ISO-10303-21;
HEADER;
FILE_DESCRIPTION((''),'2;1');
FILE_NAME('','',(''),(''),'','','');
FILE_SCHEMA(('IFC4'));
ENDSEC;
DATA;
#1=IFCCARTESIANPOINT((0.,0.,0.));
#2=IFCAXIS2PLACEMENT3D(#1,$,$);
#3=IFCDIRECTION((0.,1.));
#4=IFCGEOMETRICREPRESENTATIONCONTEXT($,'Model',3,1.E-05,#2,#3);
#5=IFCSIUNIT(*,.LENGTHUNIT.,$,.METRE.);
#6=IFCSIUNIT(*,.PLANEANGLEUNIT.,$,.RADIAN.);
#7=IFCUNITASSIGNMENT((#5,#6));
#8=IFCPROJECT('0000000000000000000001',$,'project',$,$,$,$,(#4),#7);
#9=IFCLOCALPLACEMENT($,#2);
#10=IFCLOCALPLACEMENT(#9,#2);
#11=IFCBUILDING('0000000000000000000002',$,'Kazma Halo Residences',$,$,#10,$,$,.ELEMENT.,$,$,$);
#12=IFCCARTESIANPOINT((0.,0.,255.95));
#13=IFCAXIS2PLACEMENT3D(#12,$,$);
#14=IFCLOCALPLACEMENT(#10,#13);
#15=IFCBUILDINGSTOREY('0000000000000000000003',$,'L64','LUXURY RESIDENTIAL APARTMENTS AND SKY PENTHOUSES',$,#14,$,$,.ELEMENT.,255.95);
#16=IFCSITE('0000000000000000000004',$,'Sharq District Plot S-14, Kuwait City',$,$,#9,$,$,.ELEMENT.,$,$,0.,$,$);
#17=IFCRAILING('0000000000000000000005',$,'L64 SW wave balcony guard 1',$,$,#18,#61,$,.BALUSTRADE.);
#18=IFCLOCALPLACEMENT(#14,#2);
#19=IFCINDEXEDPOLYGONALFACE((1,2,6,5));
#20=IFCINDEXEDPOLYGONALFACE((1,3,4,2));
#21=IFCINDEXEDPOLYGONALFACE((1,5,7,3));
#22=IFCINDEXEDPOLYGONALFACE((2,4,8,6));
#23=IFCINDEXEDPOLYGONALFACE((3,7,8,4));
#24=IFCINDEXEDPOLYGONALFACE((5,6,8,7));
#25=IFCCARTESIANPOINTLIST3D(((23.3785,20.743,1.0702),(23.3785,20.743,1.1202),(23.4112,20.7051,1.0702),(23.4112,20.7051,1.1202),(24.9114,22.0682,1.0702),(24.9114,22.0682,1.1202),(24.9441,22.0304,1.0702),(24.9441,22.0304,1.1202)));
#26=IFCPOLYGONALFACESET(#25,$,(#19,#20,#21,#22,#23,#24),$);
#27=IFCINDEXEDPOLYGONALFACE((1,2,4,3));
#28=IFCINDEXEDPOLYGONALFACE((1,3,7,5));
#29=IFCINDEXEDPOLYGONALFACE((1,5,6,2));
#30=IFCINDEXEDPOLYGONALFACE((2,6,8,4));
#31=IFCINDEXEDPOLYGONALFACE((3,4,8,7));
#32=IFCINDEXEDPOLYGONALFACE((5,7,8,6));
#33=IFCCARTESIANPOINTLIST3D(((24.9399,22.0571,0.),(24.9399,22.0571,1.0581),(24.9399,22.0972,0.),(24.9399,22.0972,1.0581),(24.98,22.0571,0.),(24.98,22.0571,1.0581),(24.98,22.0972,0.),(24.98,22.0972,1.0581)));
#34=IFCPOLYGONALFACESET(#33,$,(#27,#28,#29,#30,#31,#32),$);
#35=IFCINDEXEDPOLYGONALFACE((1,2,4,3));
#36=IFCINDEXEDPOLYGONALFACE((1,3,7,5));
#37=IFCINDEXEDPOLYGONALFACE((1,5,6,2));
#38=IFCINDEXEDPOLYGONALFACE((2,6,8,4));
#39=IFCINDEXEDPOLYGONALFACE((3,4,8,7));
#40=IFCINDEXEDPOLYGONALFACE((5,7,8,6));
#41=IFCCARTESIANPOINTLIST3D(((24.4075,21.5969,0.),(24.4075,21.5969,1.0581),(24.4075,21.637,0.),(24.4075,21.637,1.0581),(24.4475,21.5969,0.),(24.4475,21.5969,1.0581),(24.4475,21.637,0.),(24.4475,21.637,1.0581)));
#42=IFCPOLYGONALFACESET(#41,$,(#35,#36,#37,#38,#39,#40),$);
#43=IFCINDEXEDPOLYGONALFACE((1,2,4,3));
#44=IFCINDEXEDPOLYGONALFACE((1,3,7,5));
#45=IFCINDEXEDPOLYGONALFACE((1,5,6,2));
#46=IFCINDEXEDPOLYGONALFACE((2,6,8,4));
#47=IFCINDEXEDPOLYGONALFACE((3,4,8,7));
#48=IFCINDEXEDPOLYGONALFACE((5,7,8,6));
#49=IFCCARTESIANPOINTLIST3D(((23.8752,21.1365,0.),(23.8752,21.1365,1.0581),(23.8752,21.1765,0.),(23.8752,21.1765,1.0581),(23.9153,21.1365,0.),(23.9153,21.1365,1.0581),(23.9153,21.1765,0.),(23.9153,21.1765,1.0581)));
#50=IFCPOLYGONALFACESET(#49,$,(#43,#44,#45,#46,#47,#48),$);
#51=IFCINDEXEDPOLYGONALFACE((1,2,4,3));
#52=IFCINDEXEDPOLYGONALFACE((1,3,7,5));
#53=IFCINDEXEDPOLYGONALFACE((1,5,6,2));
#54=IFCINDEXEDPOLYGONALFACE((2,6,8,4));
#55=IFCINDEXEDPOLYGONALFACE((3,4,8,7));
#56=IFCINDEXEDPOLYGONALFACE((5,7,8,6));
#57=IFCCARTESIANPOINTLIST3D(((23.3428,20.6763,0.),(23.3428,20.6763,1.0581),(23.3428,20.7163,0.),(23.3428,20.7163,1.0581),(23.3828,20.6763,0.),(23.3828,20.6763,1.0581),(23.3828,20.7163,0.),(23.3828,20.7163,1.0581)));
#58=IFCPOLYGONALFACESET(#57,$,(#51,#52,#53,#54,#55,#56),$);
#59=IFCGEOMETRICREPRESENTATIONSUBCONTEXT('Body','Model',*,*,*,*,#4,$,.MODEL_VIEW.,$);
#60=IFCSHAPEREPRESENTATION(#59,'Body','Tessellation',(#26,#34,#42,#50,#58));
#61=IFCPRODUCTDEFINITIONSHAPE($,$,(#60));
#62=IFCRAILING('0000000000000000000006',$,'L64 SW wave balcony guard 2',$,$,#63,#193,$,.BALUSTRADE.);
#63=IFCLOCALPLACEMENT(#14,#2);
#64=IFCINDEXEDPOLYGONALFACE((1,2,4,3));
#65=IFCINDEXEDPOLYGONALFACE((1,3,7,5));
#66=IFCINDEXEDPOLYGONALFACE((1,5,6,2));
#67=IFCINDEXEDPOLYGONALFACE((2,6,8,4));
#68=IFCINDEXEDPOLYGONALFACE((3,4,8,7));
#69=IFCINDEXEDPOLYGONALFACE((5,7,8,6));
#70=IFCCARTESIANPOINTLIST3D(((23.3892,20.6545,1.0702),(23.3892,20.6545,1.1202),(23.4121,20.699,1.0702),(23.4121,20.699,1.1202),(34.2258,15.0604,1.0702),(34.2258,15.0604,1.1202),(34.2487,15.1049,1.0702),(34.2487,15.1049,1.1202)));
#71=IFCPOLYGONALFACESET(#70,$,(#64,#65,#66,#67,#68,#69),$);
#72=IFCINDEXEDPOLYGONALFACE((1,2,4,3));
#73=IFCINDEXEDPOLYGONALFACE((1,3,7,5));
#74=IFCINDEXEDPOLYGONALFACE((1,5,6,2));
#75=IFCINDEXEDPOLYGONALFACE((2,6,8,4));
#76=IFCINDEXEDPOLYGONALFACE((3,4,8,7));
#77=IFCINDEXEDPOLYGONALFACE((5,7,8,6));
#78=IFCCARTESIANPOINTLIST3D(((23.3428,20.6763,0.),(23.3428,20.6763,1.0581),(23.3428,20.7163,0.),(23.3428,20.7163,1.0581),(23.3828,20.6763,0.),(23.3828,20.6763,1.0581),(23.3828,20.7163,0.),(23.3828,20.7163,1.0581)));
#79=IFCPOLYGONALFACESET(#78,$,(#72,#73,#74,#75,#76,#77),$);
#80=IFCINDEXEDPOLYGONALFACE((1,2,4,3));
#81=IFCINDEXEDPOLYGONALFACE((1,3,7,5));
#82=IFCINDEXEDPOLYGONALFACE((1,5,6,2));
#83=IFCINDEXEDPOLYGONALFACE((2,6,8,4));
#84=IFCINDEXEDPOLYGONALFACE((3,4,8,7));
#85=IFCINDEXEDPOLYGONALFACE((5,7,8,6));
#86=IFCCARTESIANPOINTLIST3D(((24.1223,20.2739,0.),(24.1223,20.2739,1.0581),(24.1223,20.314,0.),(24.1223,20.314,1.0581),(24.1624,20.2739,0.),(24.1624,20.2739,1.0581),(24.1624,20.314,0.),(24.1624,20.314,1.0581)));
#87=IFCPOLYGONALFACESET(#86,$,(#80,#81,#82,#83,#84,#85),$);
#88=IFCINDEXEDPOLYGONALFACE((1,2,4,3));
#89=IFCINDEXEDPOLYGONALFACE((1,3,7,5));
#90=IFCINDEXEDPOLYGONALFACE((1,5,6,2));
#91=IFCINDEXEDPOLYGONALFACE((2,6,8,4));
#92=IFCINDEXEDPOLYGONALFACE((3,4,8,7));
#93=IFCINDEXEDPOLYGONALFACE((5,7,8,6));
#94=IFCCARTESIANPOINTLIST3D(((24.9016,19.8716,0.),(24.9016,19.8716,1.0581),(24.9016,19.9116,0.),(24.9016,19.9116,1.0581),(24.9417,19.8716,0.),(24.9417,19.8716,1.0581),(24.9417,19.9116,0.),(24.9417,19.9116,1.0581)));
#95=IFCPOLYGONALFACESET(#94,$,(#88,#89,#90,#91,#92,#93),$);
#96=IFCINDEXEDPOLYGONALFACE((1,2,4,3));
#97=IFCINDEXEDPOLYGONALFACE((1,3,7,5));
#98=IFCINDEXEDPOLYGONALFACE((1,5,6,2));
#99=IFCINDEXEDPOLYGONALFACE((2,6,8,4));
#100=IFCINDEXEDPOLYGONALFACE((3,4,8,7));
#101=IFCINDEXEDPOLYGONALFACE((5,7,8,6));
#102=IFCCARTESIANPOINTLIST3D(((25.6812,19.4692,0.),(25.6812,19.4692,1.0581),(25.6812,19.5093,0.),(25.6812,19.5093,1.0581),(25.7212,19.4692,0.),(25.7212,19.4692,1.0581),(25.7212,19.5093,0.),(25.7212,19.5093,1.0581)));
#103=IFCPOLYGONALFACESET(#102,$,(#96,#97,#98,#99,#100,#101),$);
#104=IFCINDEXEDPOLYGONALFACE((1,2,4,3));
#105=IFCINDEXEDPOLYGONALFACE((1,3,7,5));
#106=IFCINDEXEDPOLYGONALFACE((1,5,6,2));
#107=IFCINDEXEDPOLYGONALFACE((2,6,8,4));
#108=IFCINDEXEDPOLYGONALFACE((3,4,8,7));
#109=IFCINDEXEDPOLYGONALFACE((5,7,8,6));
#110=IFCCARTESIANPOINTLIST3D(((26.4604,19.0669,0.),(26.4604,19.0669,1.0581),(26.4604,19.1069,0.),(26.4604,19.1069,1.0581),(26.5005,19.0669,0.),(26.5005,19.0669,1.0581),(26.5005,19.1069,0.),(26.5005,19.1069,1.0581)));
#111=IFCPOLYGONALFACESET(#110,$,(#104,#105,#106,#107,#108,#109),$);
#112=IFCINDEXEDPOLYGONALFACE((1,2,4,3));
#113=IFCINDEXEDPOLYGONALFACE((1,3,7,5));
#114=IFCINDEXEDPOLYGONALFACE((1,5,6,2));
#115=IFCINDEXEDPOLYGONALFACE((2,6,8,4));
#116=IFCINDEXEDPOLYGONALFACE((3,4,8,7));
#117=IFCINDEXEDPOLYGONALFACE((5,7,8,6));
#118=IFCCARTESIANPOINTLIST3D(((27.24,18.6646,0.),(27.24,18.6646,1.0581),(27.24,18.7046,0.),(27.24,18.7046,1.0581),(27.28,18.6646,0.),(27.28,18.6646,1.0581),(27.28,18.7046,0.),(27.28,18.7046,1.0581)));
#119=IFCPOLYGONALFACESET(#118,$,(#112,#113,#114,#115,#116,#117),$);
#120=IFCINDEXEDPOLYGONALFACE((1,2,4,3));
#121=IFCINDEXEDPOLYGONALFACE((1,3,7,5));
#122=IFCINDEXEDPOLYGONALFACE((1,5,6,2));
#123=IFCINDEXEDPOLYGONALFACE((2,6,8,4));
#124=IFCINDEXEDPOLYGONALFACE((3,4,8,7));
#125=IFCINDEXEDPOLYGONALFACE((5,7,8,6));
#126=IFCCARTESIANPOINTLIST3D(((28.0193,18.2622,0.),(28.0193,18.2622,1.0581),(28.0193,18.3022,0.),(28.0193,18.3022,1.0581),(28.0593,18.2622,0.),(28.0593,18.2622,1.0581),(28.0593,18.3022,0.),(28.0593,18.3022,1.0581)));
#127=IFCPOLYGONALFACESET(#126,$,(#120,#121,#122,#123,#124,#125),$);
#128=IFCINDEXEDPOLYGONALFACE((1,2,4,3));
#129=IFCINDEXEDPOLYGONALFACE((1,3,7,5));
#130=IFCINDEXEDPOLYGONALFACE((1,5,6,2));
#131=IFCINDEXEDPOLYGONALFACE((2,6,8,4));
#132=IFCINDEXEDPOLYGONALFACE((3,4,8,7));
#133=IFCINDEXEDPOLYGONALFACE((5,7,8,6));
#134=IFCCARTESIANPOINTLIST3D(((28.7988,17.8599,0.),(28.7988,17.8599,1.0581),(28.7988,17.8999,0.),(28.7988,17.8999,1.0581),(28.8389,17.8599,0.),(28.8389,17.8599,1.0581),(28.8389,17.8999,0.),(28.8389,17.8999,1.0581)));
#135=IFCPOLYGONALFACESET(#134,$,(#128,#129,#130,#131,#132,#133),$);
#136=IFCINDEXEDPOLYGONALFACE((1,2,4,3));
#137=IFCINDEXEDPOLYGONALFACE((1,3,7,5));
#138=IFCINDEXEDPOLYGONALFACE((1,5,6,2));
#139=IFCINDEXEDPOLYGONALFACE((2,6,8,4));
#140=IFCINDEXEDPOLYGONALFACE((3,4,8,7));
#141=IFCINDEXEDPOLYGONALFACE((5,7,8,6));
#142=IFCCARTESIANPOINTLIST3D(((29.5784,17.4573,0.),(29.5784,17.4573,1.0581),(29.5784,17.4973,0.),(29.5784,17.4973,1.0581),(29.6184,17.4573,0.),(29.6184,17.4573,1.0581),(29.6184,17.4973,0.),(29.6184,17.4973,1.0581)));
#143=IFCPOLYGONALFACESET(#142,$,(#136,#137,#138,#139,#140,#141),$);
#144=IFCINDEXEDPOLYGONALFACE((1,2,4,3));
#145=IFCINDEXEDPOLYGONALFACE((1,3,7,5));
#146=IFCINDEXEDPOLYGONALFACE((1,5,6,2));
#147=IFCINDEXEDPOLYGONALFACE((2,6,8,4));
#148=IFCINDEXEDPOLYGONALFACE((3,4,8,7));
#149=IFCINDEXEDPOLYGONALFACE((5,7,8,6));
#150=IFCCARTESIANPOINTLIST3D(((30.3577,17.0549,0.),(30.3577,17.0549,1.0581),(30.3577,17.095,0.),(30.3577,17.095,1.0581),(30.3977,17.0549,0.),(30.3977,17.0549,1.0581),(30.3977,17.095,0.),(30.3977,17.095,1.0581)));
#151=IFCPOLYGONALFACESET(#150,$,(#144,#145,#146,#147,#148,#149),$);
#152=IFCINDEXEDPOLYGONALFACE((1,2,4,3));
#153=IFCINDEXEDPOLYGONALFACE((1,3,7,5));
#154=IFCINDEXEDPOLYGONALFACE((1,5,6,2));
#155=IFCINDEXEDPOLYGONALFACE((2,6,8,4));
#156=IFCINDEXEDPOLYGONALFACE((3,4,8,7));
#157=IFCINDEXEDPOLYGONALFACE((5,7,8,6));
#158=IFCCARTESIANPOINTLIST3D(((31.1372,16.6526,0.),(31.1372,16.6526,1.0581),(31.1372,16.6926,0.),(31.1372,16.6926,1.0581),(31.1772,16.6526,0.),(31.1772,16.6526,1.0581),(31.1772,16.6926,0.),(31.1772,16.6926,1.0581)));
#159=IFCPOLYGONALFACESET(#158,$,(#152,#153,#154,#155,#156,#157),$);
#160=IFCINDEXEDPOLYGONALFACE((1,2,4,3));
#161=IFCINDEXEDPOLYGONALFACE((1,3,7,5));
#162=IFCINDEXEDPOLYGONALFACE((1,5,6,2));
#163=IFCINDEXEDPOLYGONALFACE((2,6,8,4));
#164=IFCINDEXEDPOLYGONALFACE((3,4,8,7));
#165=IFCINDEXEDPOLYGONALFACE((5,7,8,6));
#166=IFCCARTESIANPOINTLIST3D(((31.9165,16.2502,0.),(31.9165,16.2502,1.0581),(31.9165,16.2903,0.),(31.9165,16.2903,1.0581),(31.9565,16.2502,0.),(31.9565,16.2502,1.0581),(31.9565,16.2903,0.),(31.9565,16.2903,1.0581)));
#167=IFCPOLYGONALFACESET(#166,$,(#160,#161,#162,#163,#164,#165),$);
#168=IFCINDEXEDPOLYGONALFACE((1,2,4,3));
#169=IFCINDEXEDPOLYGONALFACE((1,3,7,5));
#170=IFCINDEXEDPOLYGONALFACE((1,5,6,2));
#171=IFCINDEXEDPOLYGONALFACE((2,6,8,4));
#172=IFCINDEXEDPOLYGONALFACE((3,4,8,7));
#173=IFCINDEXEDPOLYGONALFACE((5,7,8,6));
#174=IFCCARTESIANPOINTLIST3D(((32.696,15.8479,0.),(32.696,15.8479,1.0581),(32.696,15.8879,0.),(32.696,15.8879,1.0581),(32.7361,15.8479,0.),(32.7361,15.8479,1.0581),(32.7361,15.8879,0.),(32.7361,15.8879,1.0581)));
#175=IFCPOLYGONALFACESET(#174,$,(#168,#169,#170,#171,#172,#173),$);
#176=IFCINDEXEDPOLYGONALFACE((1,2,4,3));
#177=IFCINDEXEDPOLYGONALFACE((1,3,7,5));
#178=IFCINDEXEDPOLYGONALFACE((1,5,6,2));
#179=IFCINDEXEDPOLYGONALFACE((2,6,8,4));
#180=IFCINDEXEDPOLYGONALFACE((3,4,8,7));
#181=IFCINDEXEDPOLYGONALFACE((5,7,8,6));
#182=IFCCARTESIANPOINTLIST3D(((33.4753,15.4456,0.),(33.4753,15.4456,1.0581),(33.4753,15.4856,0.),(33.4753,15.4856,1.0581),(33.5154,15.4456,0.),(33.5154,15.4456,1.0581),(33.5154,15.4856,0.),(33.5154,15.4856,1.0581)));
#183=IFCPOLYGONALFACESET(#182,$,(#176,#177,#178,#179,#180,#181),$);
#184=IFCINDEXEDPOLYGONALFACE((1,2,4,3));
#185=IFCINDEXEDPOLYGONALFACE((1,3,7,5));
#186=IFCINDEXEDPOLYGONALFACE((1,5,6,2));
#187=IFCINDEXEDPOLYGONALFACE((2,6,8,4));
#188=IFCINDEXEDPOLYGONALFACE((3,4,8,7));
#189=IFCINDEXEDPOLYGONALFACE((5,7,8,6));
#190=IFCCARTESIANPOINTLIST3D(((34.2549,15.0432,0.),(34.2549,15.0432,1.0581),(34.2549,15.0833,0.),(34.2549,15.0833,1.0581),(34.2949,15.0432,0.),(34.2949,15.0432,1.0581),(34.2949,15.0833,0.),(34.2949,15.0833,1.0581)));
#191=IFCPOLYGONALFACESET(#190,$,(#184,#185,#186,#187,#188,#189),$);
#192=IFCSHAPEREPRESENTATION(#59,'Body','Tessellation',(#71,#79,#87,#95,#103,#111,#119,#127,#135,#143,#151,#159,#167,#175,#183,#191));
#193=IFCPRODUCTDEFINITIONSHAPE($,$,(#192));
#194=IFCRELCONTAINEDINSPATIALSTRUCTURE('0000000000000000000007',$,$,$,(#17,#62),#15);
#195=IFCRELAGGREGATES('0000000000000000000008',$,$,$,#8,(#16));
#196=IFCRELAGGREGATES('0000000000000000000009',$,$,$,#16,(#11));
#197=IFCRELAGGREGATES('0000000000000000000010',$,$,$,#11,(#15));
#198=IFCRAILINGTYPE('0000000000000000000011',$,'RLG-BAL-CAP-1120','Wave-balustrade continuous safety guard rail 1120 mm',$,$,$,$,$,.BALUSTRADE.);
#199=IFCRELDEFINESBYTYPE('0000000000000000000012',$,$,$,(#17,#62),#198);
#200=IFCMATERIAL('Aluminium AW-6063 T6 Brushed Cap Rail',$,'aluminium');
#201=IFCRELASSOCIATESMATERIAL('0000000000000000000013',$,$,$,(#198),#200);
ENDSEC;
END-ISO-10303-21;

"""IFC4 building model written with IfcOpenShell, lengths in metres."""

from ifc_helpers import new_model, si_unit, direction, frame, origin, origin_2d, place, context, subcontext, project, spatial, rectangle, extrude, material, type_object, element, save


model = new_model("IFC4")

# Units and contexts
model_context = context("Model", 3, precision=1e-05, world=origin(), true_north=direction((0.0, 1.0)))
body_context = subcontext(model_context, "Body", "Model", "MODEL_VIEW")
ifc_project = project(units=[si_unit("LENGTHUNIT", "METRE"), si_unit("PLANEANGLEUNIT", "RADIAN")], contexts=[model_context])

# Site, building, storey
site_placement = place(None, origin())
site = spatial("IfcSite", under=ifc_project, at=site_placement, Name="Sharq District Plot S-14, Kuwait City", CompositionType="ELEMENT", RefElevation=0.0)
building_placement = place(site_placement, origin())
building = spatial("IfcBuilding", under=site, at=building_placement, Name="Kazma Halo Residences", CompositionType="ELEMENT")
storey_placement = place(building_placement, frame((0.0, 0.0, 255.95)))
storey = spatial("IfcBuildingStorey", under=building, at=storey_placement, Name="L64", Description="LUXURY RESIDENTIAL APARTMENTS AND SKY PENTHOUSES", CompositionType="ELEMENT", Elevation=255.95)

# Railings
ifc_material_1 = material(Name="Aluminium AW-6063 T6 Brushed Cap Rail", Category="aluminium")
railing_type = type_object("IfcRailingType", Name="RLG-BAL-CAP-1120", Description="Wave-balustrade continuous safety guard rail 1120 mm", PredefinedType="BALUSTRADE", material=ifc_material_1)
railing_1_placement = place(storey_placement, frame((24.96, 22.0771, 0.0)))
element("IfcRailing", 1, at=railing_1_placement, inside=storey, type_object=railing_type, Name="L64 SW wave balcony guard 1", PredefinedType="BALUSTRADE", context=body_context, shape_type="SweptSolid", body=[
    extrude(rectangle(XDim=0.05, YDim=0.05, at=origin_2d()), frame((-0.0322, -0.0278, 1.0952), z_axis=(-0.756474, -0.654023, 0.0), x_axis=(0.654023, -0.756474, 0.0)), (0.0, 0.0, 1.0), 2.0264),
    extrude(rectangle(XDim=0.04, YDim=0.04, at=origin_2d()), origin(), (0.0, 0.0, 1.0), 1.0581),
    extrude(rectangle(XDim=0.04, YDim=0.04, at=origin_2d()), frame((-0.5325, -0.4602, 0.0)), (0.0, 0.0, 1.0), 1.0581),
    extrude(rectangle(XDim=0.04, YDim=0.04, at=origin_2d()), frame((-1.0647, -0.9207, 0.0)), (0.0, 0.0, 1.0), 1.0581),
    extrude(rectangle(XDim=0.04, YDim=0.04, at=origin_2d()), frame((-1.5972, -1.3809, 0.0)), (0.0, 0.0, 1.0), 1.0581),
])
railing_2_placement = place(storey_placement, frame((23.3628, 20.6963, 0.0)))
element("IfcRailing", 2, at=railing_2_placement, inside=storey, type_object=railing_type, Name="L64 SW wave balcony guard 2", PredefinedType="BALUSTRADE", context=body_context, shape_type="SweptSolid", body=[
    extrude(rectangle(XDim=0.05, YDim=0.05, at=origin_2d()), frame((0.0378, -0.0195, 1.0952), z_axis=(0.888587, -0.458707, 0.0), x_axis=(0.458707, 0.888587, 0.0)), (0.0, 0.0, 1.0), 12.1953),
    extrude(rectangle(XDim=0.04, YDim=0.04, at=origin_2d()), origin(), (0.0, 0.0, 1.0), 1.0581),
    extrude(rectangle(XDim=0.04, YDim=0.04, at=origin_2d()), frame((0.7795, -0.4023, 0.0)), (0.0, 0.0, 1.0), 1.0581),
    extrude(rectangle(XDim=0.04, YDim=0.04, at=origin_2d()), frame((1.5588, -0.8047, 0.0)), (0.0, 0.0, 1.0), 1.0581),
    extrude(rectangle(XDim=0.04, YDim=0.04, at=origin_2d()), frame((2.3384, -1.207, 0.0)), (0.0, 0.0, 1.0), 1.0581),
    extrude(rectangle(XDim=0.04, YDim=0.04, at=origin_2d()), frame((3.1177, -1.6094, 0.0)), (0.0, 0.0, 1.0), 1.0581),
    extrude(rectangle(XDim=0.04, YDim=0.04, at=origin_2d()), frame((3.8972, -2.0117, 0.0)), (0.0, 0.0, 1.0), 1.0581),
    extrude(rectangle(XDim=0.04, YDim=0.04, at=origin_2d()), frame((4.6765, -2.4141, 0.0)), (0.0, 0.0, 1.0), 1.0581),
    extrude(rectangle(XDim=0.04, YDim=0.04, at=origin_2d()), frame((5.4561, -2.8164, 0.0)), (0.0, 0.0, 1.0), 1.0581),
    extrude(rectangle(XDim=0.04, YDim=0.04, at=origin_2d()), frame((6.2356, -3.219, 0.0)), (0.0, 0.0, 1.0), 1.0581),
    extrude(rectangle(XDim=0.04, YDim=0.04, at=origin_2d()), frame((7.0149, -3.6213, 0.0)), (0.0, 0.0, 1.0), 1.0581),
    extrude(rectangle(XDim=0.04, YDim=0.04, at=origin_2d()), frame((7.7944, -4.0237, 0.0)), (0.0, 0.0, 1.0), 1.0581),
    extrude(rectangle(XDim=0.04, YDim=0.04, at=origin_2d()), frame((8.5737, -4.426, 0.0)), (0.0, 0.0, 1.0), 1.0581),
    extrude(rectangle(XDim=0.04, YDim=0.04, at=origin_2d()), frame((9.3533, -4.8284, 0.0)), (0.0, 0.0, 1.0), 1.0581),
    extrude(rectangle(XDim=0.04, YDim=0.04, at=origin_2d()), frame((10.1326, -5.2307, 0.0)), (0.0, 0.0, 1.0), 1.0581),
    extrude(rectangle(XDim=0.04, YDim=0.04, at=origin_2d()), frame((10.9121, -5.6331, 0.0)), (0.0, 0.0, 1.0), 1.0581),
])

save(model, "model.ifc")
